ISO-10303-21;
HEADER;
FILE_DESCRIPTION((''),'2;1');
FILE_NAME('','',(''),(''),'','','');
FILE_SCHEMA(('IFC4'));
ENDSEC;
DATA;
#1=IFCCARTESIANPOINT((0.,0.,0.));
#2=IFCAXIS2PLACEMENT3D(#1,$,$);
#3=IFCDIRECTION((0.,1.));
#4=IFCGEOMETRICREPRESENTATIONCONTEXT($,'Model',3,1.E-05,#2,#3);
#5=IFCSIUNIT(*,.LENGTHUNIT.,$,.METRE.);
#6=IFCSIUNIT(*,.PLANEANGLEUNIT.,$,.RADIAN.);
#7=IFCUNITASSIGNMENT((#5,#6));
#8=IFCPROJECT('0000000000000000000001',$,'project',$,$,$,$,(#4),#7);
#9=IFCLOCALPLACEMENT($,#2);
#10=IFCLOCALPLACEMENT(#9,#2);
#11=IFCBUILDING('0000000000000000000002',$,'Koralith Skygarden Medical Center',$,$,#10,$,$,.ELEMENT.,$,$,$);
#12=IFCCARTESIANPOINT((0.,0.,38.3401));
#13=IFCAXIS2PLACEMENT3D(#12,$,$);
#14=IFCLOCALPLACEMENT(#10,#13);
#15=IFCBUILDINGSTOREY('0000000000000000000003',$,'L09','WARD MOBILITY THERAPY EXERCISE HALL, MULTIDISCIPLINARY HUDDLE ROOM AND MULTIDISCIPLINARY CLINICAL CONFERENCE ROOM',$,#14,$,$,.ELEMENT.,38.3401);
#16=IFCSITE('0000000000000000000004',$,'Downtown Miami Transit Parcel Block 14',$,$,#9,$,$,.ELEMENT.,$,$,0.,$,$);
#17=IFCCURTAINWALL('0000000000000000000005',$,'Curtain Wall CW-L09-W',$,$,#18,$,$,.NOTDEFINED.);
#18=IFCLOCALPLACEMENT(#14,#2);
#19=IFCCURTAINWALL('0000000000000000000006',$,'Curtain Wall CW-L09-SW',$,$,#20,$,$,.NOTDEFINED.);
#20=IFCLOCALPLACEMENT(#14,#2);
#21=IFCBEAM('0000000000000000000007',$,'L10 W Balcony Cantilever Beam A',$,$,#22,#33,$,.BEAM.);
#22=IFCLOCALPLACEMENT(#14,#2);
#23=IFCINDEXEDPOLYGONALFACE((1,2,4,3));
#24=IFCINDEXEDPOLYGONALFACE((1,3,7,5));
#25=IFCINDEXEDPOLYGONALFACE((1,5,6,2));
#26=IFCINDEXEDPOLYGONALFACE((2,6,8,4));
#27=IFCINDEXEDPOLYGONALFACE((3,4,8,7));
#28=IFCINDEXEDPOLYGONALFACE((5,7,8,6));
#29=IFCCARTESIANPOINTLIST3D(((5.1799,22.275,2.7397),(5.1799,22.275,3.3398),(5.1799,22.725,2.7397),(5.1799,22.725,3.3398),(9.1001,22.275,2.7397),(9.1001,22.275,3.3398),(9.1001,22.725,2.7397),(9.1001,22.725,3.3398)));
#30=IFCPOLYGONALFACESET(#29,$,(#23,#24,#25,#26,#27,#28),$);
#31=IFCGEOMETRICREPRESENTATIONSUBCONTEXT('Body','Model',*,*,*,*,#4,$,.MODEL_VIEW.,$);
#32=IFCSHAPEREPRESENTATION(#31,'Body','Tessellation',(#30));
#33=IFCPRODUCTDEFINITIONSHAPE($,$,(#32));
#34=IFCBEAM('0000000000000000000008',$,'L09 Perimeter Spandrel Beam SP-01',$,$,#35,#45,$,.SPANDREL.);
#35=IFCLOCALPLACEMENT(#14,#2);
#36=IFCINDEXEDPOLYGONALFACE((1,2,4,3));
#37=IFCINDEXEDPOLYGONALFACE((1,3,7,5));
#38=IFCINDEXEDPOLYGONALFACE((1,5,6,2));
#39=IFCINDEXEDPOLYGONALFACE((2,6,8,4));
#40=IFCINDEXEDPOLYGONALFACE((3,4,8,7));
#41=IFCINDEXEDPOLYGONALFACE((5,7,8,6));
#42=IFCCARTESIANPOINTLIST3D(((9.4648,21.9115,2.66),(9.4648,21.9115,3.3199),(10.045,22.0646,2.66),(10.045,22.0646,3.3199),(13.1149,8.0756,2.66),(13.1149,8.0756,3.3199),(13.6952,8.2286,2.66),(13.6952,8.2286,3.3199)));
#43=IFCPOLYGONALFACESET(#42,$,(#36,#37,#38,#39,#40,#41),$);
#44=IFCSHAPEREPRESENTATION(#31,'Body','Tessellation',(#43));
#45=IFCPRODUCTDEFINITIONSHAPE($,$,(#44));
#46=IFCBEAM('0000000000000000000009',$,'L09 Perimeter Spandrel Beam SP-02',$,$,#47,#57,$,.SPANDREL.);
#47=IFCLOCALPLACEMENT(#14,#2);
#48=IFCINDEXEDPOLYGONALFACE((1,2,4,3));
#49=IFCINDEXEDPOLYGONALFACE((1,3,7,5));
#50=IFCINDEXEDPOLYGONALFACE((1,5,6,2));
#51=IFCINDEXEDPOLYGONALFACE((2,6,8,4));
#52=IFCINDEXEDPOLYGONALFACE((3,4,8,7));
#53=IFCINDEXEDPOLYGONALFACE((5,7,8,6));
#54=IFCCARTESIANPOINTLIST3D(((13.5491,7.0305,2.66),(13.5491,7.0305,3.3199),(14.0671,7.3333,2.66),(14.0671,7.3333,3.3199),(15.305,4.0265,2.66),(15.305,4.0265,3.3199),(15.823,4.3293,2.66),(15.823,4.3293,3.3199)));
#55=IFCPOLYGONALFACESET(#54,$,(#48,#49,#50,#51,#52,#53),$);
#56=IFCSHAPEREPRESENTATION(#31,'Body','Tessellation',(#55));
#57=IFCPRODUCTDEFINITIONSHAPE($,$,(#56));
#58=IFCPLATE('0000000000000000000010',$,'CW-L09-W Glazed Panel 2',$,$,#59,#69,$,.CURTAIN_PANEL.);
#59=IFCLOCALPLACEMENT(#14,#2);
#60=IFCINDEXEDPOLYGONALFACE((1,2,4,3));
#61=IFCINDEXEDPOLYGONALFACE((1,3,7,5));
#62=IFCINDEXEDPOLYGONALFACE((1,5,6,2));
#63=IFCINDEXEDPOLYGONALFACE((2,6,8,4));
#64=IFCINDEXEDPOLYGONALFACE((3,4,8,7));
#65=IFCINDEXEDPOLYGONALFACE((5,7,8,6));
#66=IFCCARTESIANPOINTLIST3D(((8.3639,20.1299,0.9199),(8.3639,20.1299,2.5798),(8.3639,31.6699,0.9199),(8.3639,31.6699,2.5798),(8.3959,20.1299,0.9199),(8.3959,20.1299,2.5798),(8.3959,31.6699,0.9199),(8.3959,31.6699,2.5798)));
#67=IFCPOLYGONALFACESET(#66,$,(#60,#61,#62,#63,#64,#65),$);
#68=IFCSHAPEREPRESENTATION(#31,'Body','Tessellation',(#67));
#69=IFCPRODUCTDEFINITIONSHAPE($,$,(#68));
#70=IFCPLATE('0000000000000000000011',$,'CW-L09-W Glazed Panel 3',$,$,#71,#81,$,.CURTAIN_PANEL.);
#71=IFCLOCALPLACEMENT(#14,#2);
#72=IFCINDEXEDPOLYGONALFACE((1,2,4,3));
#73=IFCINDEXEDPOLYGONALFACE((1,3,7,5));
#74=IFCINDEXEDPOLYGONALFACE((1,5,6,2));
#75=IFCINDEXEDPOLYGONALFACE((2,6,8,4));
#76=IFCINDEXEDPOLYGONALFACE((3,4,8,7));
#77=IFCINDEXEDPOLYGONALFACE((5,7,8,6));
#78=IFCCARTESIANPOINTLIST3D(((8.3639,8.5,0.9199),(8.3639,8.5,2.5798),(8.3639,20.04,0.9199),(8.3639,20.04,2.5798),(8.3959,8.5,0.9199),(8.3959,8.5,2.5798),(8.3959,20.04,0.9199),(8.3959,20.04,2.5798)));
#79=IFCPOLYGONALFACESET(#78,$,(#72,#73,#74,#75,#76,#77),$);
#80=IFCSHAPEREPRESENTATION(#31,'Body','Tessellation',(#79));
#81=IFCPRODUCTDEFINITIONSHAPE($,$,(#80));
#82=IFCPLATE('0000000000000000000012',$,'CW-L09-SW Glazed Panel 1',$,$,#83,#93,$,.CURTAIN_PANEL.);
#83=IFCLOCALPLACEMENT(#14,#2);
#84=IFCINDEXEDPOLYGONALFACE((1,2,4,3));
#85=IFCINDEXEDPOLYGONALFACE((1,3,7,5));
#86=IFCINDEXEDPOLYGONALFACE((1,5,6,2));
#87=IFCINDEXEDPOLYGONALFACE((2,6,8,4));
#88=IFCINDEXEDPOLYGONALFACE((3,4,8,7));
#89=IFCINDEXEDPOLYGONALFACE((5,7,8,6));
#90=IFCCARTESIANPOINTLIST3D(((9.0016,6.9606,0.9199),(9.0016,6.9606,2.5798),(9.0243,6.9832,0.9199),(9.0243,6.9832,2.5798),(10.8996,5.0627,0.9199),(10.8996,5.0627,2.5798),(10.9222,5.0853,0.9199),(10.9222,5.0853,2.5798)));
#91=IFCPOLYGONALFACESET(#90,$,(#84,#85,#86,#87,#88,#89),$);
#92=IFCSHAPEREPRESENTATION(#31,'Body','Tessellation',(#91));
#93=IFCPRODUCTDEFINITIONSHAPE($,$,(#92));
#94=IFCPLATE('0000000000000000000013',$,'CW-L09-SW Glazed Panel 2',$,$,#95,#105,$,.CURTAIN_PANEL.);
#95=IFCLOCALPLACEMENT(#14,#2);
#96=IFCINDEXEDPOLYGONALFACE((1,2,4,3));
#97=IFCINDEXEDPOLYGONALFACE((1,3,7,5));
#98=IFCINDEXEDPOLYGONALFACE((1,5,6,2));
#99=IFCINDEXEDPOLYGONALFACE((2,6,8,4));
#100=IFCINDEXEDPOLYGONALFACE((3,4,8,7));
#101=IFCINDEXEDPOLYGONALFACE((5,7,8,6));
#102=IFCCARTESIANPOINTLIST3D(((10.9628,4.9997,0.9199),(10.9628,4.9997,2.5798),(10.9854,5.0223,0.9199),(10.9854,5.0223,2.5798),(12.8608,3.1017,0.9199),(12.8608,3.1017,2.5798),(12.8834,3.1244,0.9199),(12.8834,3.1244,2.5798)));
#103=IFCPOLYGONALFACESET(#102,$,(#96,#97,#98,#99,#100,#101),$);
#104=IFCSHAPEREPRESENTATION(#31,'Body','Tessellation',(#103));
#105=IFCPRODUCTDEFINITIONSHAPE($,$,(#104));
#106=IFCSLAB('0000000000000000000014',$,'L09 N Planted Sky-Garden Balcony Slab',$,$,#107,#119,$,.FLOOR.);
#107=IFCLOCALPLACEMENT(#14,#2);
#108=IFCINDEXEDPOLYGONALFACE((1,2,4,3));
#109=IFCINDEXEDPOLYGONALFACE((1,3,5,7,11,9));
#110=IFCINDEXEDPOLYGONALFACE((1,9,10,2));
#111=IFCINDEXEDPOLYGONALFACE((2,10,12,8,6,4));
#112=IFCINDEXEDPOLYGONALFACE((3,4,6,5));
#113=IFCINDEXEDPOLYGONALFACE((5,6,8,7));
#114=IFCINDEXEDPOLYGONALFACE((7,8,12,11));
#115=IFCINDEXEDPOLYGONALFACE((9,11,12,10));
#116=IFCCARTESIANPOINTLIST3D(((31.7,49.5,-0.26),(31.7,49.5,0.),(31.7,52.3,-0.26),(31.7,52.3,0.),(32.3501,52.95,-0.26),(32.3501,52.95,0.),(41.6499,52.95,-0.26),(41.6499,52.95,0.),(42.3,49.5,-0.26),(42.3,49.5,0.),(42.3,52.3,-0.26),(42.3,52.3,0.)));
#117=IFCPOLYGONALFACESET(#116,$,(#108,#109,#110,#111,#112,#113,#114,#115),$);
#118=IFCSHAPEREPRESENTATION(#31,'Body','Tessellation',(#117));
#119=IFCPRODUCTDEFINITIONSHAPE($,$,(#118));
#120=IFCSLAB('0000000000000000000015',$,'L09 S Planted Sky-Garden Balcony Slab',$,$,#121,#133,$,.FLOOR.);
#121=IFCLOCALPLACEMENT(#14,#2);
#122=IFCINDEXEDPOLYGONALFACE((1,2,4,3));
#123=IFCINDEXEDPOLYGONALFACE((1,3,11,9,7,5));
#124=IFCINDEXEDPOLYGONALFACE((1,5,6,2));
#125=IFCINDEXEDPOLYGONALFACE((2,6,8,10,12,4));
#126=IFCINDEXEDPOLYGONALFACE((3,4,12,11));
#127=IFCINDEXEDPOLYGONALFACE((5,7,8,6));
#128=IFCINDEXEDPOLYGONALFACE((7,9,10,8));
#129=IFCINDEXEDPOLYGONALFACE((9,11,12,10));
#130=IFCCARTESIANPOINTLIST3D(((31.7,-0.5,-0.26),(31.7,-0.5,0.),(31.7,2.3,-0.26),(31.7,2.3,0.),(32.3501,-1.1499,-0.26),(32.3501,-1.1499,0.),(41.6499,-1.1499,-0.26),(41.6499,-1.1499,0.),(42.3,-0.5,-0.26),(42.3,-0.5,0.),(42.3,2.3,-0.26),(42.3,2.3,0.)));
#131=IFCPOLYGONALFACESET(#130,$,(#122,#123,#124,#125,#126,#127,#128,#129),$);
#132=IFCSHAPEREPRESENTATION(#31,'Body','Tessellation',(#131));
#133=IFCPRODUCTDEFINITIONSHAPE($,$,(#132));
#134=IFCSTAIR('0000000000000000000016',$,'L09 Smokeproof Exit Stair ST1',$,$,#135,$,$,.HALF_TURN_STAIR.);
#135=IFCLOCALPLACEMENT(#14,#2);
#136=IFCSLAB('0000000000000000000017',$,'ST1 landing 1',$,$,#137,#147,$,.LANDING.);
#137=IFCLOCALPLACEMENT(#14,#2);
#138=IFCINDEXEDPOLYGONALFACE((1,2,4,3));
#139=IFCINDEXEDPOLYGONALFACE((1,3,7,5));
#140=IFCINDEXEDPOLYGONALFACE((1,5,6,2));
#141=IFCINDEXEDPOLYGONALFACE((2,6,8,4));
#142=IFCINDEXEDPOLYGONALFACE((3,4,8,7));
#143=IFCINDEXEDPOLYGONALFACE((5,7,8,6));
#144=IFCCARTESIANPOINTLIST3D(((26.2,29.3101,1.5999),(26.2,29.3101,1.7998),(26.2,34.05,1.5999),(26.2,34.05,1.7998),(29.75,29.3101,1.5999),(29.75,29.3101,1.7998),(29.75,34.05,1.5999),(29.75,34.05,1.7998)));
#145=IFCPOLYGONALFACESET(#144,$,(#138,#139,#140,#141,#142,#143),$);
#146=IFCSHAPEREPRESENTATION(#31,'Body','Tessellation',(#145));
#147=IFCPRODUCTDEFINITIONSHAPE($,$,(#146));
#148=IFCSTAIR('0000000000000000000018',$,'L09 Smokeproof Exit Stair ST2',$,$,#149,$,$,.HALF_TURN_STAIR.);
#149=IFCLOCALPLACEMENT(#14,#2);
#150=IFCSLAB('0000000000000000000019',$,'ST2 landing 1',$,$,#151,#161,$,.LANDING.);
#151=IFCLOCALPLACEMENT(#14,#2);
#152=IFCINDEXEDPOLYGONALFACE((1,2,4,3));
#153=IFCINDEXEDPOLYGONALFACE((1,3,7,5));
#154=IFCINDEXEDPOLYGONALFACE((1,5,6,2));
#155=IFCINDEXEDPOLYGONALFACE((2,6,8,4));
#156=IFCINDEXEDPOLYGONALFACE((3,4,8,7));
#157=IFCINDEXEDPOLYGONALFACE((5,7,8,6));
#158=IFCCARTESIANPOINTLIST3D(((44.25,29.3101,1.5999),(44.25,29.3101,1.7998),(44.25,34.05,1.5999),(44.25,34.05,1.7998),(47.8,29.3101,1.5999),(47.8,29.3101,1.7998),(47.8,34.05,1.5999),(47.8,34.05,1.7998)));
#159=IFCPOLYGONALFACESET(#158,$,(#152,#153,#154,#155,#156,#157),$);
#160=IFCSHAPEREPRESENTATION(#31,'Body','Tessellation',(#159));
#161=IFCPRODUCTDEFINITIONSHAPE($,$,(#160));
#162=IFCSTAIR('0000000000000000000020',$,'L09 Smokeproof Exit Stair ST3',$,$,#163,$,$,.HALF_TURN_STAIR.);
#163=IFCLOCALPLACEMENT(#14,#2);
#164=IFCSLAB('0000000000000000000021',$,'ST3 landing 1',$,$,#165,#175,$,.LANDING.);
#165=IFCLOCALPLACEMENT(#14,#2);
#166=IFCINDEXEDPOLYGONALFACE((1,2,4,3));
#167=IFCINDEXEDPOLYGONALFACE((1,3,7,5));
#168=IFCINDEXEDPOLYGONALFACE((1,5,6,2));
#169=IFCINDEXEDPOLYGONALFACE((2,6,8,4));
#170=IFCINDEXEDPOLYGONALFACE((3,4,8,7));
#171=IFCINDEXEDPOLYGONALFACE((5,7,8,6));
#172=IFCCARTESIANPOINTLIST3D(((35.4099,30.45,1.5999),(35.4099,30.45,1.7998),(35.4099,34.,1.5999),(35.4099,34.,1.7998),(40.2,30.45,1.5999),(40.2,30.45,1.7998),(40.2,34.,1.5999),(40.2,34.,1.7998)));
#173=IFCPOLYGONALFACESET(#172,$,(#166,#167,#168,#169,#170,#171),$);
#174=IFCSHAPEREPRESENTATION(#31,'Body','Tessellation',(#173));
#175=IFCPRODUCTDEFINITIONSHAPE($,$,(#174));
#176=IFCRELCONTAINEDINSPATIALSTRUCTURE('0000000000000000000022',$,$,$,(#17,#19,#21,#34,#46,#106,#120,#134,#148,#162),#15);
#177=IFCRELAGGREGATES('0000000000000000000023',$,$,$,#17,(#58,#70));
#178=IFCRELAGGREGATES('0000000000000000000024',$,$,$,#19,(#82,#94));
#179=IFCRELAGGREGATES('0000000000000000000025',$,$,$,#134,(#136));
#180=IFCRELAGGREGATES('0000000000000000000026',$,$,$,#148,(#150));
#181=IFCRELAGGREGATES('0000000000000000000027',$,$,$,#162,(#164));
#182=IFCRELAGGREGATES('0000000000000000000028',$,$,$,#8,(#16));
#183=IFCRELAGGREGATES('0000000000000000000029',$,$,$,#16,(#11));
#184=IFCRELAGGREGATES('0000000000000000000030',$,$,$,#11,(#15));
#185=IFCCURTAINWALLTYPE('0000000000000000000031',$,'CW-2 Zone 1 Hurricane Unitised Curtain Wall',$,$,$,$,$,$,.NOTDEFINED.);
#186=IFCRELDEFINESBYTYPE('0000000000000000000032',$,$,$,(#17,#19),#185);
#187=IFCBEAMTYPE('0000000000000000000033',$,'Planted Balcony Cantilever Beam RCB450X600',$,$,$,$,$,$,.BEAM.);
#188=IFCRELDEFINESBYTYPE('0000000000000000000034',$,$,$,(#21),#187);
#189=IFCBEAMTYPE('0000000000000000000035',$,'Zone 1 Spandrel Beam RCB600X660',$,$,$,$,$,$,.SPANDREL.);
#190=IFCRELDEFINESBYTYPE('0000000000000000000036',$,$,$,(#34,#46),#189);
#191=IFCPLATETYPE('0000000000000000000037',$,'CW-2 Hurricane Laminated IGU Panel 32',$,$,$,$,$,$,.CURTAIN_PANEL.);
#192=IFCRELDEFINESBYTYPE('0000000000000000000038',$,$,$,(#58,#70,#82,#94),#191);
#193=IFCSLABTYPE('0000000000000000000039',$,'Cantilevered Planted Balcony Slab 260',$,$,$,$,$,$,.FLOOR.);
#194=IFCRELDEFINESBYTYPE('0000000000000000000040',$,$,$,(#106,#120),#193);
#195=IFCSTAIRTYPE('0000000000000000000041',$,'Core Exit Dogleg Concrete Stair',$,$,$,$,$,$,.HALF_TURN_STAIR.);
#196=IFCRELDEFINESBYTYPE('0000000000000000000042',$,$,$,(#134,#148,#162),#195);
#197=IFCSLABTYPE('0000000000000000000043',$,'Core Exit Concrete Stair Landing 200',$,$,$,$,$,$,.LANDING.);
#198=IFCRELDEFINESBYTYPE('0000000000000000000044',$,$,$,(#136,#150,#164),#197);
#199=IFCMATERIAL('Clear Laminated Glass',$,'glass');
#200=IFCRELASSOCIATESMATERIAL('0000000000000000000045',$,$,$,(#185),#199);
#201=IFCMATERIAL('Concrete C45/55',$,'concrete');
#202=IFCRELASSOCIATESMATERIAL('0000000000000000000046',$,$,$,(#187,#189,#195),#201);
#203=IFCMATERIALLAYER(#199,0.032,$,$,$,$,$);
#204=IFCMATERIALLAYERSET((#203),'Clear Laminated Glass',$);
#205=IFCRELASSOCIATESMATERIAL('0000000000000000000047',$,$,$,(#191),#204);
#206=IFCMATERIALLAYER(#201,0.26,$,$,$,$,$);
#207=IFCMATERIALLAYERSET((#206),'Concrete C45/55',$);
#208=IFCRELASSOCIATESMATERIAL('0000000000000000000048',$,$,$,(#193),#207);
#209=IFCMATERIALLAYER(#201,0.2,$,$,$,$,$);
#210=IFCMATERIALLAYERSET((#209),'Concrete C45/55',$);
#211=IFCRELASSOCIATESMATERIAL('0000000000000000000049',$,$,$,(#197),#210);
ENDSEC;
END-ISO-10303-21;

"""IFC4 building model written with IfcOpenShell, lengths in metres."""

from ifc_helpers import new_model, si_unit, direction, frame, origin, origin_2d, place, context, subcontext, project, spatial, polyline, rectangle, outline, extrude, material, layer, layer_set, material_profile, profile_set, type_object, element, aggregate, save


model = new_model("IFC4")

# Units and contexts
model_context = context("Model", 3, precision=1e-05, world=origin(), true_north=direction((0.0, 1.0)))
body_context = subcontext(model_context, "Body", "Model", "MODEL_VIEW")
ifc_project = project(units=[si_unit("LENGTHUNIT", "METRE"), si_unit("PLANEANGLEUNIT", "RADIAN")], contexts=[model_context])

# Site, building, storey
site_placement = place(None, origin())
site = spatial("IfcSite", under=ifc_project, at=site_placement, Name="Downtown Miami Transit Parcel Block 14", CompositionType="ELEMENT", RefElevation=0.0)
building_placement = place(site_placement, origin())
building = spatial("IfcBuilding", under=site, at=building_placement, Name="Koralith Skygarden Medical Center", CompositionType="ELEMENT")
storey_placement = place(building_placement, frame((0.0, 0.0, 38.3401)))
storey = spatial("IfcBuildingStorey", under=building, at=storey_placement, Name="L09", Description="WARD MOBILITY THERAPY EXERCISE HALL, MULTIDISCIPLINARY HUDDLE ROOM AND MULTIDISCIPLINARY CLINICAL CONFERENCE ROOM", CompositionType="ELEMENT", Elevation=38.3401)

# Shared definitions
ifc_material_1 = material(Name="Clear Laminated Glass", Category="glass")
curtain_wall_type = type_object("IfcCurtainWallType", Name="CW-2 Zone 1 Hurricane Unitised Curtain Wall", PredefinedType="NOTDEFINED", material=ifc_material_1)

# Curtain walls
curtain_wall_1_placement = place(storey_placement, origin())
curtain_wall_1 = element("IfcCurtainWall", 1, at=curtain_wall_1_placement, inside=storey, type_object=curtain_wall_type, Name="Curtain Wall CW-L09-W", PredefinedType="NOTDEFINED")
curtain_wall_2_placement = place(storey_placement, origin())
curtain_wall_2 = element("IfcCurtainWall", 2, at=curtain_wall_2_placement, inside=storey, type_object=curtain_wall_type, Name="Curtain Wall CW-L09-SW", PredefinedType="NOTDEFINED")

# Beams
ifc_material_2 = material(Name="Concrete C45/55", Category="concrete")
ifc_material_profile_1 = material_profile(ifc_material_2, rectangle(XDim=0.45, YDim=0.6001, at=origin_2d()), Name="RCB450X600")
ifc_profile_set_1 = profile_set([ifc_material_profile_1], Name="Concrete C45/55")
beam_type_1 = type_object("IfcBeamType", Name="Planted Balcony Cantilever Beam RCB450X600", PredefinedType="BEAM", material=ifc_profile_set_1)
beam_1_placement = place(storey_placement, frame((9.1001, 22.5, 3.0398), z_axis=(-1.0, 0.0, 0.0), x_axis=(0.0, -1.0, 0.0)))
element("IfcBeam", 3, at=beam_1_placement, inside=storey, type_object=beam_type_1, Name="L10 W Balcony Cantilever Beam A", PredefinedType="BEAM", context=body_context, shape_type="SweptSolid", body=[
    extrude(rectangle(XDim=0.45, YDim=0.6001, at=origin_2d()), origin(), (0.0, 0.0, 1.0), 3.9202),
])
ifc_material_profile_2 = material_profile(ifc_material_2, rectangle(XDim=0.6001, YDim=0.6599, at=origin_2d()), Name="RCB600X660")
ifc_profile_set_2 = profile_set([ifc_material_profile_2], Name="Concrete C45/55")
beam_type_2 = type_object("IfcBeamType", Name="Zone 1 Spandrel Beam RCB600X660", PredefinedType="SPANDREL", material=ifc_profile_set_2)
beam_2_placement = place(storey_placement, frame((9.7549, 21.988, 2.99), z_axis=(0.255089, -0.966918, 0.0), x_axis=(0.966918, 0.255089, 0.0)))
element("IfcBeam", 4, at=beam_2_placement, inside=storey, type_object=beam_type_2, Name="L09 Perimeter Spandrel Beam SP-01", PredefinedType="SPANDREL", context=body_context, shape_type="SweptSolid", body=[
    extrude(rectangle(XDim=0.6001, YDim=0.6599, at=origin_2d()), origin(), (0.0, 0.0, 1.0), 14.3093),
])
beam_3_placement = place(storey_placement, frame((13.8081, 7.1819, 2.99), z_axis=(0.504639, -0.863331, 0.0), x_axis=(0.863331, 0.504639, 0.0)))
element("IfcBeam", 5, at=beam_3_placement, inside=storey, type_object=beam_type_2, Name="L09 Perimeter Spandrel Beam SP-02", PredefinedType="SPANDREL", context=body_context, shape_type="SweptSolid", body=[
    extrude(rectangle(XDim=0.6001, YDim=0.6599, at=origin_2d()), origin(), (0.0, 0.0, 1.0), 3.4795),
])

# Plates
ifc_layer_1 = layer(ifc_material_1, 0.032)
ifc_layer_set_1 = layer_set([ifc_layer_1], Name="Clear Laminated Glass")
plate_type_1 = type_object("IfcPlateType", Name="CW-2 Hurricane Laminated IGU Panel 32", PredefinedType="CURTAIN_PANEL", material=ifc_layer_set_1)
plate_1_placement = place(storey_placement, frame((8.3799, 25.8999, 0.9199), z_axis=(0.0, 0.0, 1.0), x_axis=(0.0, -1.0, 0.0)))
plate_1 = element("IfcPlate", 6, at=plate_1_placement, type_object=plate_type_1, Name="CW-L09-W Glazed Panel 2", PredefinedType="CURTAIN_PANEL", context=body_context, shape_type="SweptSolid", body=[
    extrude(rectangle(XDim=11.54, YDim=0.032, at=origin_2d()), origin(), (0.0, 0.0, 1.0), 1.6599),
])
plate_2_placement = place(storey_placement, frame((8.3799, 14.27, 0.9199), z_axis=(0.0, 0.0, 1.0), x_axis=(0.0, -1.0, 0.0)))
plate_2 = element("IfcPlate", 7, at=plate_2_placement, type_object=plate_type_1, Name="CW-L09-W Glazed Panel 3", PredefinedType="CURTAIN_PANEL", context=body_context, shape_type="SweptSolid", body=[
    extrude(rectangle(XDim=11.54, YDim=0.032, at=origin_2d()), origin(), (0.0, 0.0, 1.0), 1.6599),
])
aggregate(curtain_wall_1, [plate_1, plate_2])
plate_3_placement = place(storey_placement, frame((9.9619, 6.0229, 0.9199), z_axis=(0.0, 0.0, 1.0), x_axis=(0.707107, -0.707107, 0.0)))
plate_3 = element("IfcPlate", 8, at=plate_3_placement, type_object=plate_type_1, Name="CW-L09-SW Glazed Panel 1", PredefinedType="CURTAIN_PANEL", context=body_context, shape_type="SweptSolid", body=[
    extrude(rectangle(XDim=2.6841, YDim=0.032, at=origin_2d()), origin(), (0.0, 0.0, 1.0), 1.6599),
])
plate_4_placement = place(storey_placement, frame((11.9231, 4.062, 0.9199), z_axis=(0.0, 0.0, 1.0), x_axis=(0.707107, -0.707107, 0.0)))
plate_4 = element("IfcPlate", 9, at=plate_4_placement, type_object=plate_type_1, Name="CW-L09-SW Glazed Panel 2", PredefinedType="CURTAIN_PANEL", context=body_context, shape_type="SweptSolid", body=[
    extrude(rectangle(XDim=2.6841, YDim=0.032, at=origin_2d()), origin(), (0.0, 0.0, 1.0), 1.6599),
])
aggregate(curtain_wall_2, [plate_3, plate_4])

# Slabs
ifc_layer_2 = layer(ifc_material_2, 0.26)
ifc_layer_set_2 = layer_set([ifc_layer_2], Name="Concrete C45/55")
slab_type_1 = type_object("IfcSlabType", Name="Cantilevered Planted Balcony Slab 260", PredefinedType="FLOOR", material=ifc_layer_set_2)
slab_1_placement = place(storey_placement, frame((0.0, 0.0, -0.26)))
element("IfcSlab", 10, at=slab_1_placement, inside=storey, type_object=slab_type_1, Name="L09 N Planted Sky-Garden Balcony Slab", PredefinedType="FLOOR", context=body_context, shape_type="SweptSolid", body=[
    extrude(outline(polyline([(31.7, 49.5), (42.3, 49.5), (42.3, 52.3), (41.6499, 52.95), (32.3501, 52.95), (31.7, 52.3), (31.7, 49.5)])), origin(), (0.0, 0.0, 1.0), 0.26),
])
slab_2_placement = place(storey_placement, frame((0.0, 0.0, -0.26)))
element("IfcSlab", 11, at=slab_2_placement, inside=storey, type_object=slab_type_1, Name="L09 S Planted Sky-Garden Balcony Slab", PredefinedType="FLOOR", context=body_context, shape_type="SweptSolid", body=[
    extrude(outline(polyline([(32.3501, -1.1499), (41.6499, -1.1499), (42.3, -0.5), (42.3, 2.3), (31.7, 2.3), (31.7, -0.5), (32.3501, -1.1499)])), origin(), (0.0, 0.0, 1.0), 0.26),
])

# Stairs, slabs
stair_type = type_object("IfcStairType", Name="Core Exit Dogleg Concrete Stair", PredefinedType="HALF_TURN_STAIR", material=ifc_material_2)
stair_1_placement = place(storey_placement, origin())
stair_1 = element("IfcStair", 12, at=stair_1_placement, inside=storey, type_object=stair_type, Name="L09 Smokeproof Exit Stair ST1", PredefinedType="HALF_TURN_STAIR")
ifc_layer_3 = layer(ifc_material_2, 0.2)
ifc_layer_set_3 = layer_set([ifc_layer_3], Name="Concrete C45/55")
slab_type_2 = type_object("IfcSlabType", Name="Core Exit Concrete Stair Landing 200", PredefinedType="LANDING", material=ifc_layer_set_3)
slab_3_placement = place(storey_placement, frame((0.0, 0.0, 1.5999)))
slab_3 = element("IfcSlab", 13, at=slab_3_placement, type_object=slab_type_2, Name="ST1 landing 1", PredefinedType="LANDING", context=body_context, shape_type="SweptSolid", body=[
    extrude(outline(polyline([(29.75, 29.3101), (29.75, 34.05), (26.2, 34.05), (26.2, 29.3101), (29.75, 29.3101)])), origin(), (0.0, 0.0, 1.0), 0.2),
])
aggregate(stair_1, [slab_3])
stair_2_placement = place(storey_placement, origin())
stair_2 = element("IfcStair", 14, at=stair_2_placement, inside=storey, type_object=stair_type, Name="L09 Smokeproof Exit Stair ST2", PredefinedType="HALF_TURN_STAIR")
slab_4_placement = place(storey_placement, frame((0.0, 0.0, 1.5999)))
slab_4 = element("IfcSlab", 15, at=slab_4_placement, type_object=slab_type_2, Name="ST2 landing 1", PredefinedType="LANDING", context=body_context, shape_type="SweptSolid", body=[
    extrude(outline(polyline([(47.8, 29.3101), (47.8, 34.05), (44.25, 34.05), (44.25, 29.3101), (47.8, 29.3101)])), origin(), (0.0, 0.0, 1.0), 0.2),
])
aggregate(stair_2, [slab_4])
stair_3_placement = place(storey_placement, origin())
stair_3 = element("IfcStair", 16, at=stair_3_placement, inside=storey, type_object=stair_type, Name="L09 Smokeproof Exit Stair ST3", PredefinedType="HALF_TURN_STAIR")
slab_5_placement = place(storey_placement, frame((0.0, 0.0, 1.5999)))
slab_5 = element("IfcSlab", 17, at=slab_5_placement, type_object=slab_type_2, Name="ST3 landing 1", PredefinedType="LANDING", context=body_context, shape_type="SweptSolid", body=[
    extrude(outline(polyline([(35.4099, 30.45), (40.2, 30.45), (40.2, 34.0), (35.4099, 34.0), (35.4099, 30.45)])), origin(), (0.0, 0.0, 1.0), 0.2),
])
aggregate(stair_3, [slab_5])

save(model, "model.ifc")
